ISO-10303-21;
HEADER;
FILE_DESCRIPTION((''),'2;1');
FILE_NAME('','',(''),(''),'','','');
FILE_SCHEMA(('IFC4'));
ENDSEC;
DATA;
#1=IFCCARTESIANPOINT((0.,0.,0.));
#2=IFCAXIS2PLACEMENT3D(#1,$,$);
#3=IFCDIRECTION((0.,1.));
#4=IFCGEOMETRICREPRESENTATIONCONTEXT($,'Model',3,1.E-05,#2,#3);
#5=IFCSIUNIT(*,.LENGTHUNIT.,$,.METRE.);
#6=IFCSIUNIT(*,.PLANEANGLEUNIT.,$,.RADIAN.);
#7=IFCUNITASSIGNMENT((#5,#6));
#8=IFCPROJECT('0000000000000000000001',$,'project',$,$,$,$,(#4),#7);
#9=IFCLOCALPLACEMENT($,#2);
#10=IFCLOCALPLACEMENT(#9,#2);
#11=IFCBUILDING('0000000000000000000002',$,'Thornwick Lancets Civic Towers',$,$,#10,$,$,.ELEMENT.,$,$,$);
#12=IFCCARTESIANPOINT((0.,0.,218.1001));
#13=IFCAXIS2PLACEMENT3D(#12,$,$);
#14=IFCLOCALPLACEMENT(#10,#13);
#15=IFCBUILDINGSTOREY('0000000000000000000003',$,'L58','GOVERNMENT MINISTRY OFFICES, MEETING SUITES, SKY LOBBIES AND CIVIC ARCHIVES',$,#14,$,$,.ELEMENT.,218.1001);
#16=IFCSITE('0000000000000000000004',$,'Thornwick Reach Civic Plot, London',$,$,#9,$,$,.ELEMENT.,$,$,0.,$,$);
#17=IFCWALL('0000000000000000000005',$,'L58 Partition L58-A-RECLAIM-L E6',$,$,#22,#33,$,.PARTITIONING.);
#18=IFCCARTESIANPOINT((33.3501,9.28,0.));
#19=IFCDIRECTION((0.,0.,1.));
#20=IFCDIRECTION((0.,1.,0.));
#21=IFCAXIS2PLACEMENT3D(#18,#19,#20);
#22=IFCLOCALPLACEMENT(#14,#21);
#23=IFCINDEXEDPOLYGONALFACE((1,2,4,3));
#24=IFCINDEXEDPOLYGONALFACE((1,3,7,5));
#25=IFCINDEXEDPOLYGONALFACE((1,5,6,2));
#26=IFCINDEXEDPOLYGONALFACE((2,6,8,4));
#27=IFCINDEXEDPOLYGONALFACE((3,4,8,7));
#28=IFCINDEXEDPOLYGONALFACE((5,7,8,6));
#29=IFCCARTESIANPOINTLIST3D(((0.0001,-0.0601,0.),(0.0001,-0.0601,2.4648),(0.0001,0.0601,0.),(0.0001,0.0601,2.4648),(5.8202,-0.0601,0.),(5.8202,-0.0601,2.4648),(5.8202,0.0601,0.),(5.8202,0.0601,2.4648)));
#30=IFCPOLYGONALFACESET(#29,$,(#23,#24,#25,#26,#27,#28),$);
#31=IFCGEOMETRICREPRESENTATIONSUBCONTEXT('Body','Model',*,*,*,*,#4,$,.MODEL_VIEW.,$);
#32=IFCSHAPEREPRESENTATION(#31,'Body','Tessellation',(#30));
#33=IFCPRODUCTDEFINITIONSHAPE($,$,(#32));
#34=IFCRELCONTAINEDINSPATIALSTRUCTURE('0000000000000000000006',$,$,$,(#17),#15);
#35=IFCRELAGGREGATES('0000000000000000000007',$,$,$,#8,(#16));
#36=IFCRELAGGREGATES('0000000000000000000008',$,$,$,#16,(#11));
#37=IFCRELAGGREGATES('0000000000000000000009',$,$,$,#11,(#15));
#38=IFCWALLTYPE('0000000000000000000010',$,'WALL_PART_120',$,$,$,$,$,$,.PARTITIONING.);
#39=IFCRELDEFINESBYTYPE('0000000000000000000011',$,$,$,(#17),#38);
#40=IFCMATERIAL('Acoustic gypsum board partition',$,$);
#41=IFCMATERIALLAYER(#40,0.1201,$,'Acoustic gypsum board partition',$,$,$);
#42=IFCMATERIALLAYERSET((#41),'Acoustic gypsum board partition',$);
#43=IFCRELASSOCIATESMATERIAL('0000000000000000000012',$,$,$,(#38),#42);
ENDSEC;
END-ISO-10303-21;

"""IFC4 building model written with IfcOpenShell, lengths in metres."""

from ifc_helpers import new_model, si_unit, direction, frame, frame_2d, origin, place, context, subcontext, project, spatial, rectangle, extrude, material, layer, layer_set, type_object, element, save


model = new_model("IFC4")

# Units and contexts
model_context = context("Model", 3, precision=1e-05, world=origin(), true_north=direction((0.0, 1.0)))
body_context = subcontext(model_context, "Body", "Model", "MODEL_VIEW")
ifc_project = project(units=[si_unit("LENGTHUNIT", "METRE"), si_unit("PLANEANGLEUNIT", "RADIAN")], contexts=[model_context])

# Site, building, storey
site_placement = place(None, origin())
site = spatial("IfcSite", under=ifc_project, at=site_placement, Name="Thornwick Reach Civic Plot, London", CompositionType="ELEMENT", RefElevation=0.0)
building_placement = place(site_placement, origin())
building = spatial("IfcBuilding", under=site, at=building_placement, Name="Thornwick Lancets Civic Towers", CompositionType="ELEMENT")
storey_placement = place(building_placement, frame((0.0, 0.0, 218.1001)))
storey = spatial("IfcBuildingStorey", under=building, at=storey_placement, Name="L58", Description="GOVERNMENT MINISTRY OFFICES, MEETING SUITES, SKY LOBBIES AND CIVIC ARCHIVES", CompositionType="ELEMENT", Elevation=218.1001)

# Shared definitions
ifc_material_1 = material(Name="Acoustic gypsum board partition")
ifc_layer_1 = layer(ifc_material_1, 0.1201, Name="Acoustic gypsum board partition")
ifc_layer_set_1 = layer_set([ifc_layer_1], Name="Acoustic gypsum board partition")
wall_type_1 = type_object("IfcWallType", Name="WALL_PART_120", PredefinedType="PARTITIONING", material=ifc_layer_set_1)

# Wall
wall_1_placement = place(storey_placement, frame((33.3501, 9.28, 0.0), z_axis=(0.0, 0.0, 1.0), x_axis=(0.0, 1.0, 0.0)))
element("IfcWall", 1, at=wall_1_placement, inside=storey, type_object=wall_type_1, Name="L58 Partition L58-A-RECLAIM-L E6", PredefinedType="PARTITIONING", context=body_context, shape_type="SweptSolid", body=[
    extrude(rectangle(XDim=5.8201, YDim=0.1201, at=frame_2d((2.9102, 0.0))), origin(), (0.0, 0.0, 1.0), 2.4648),
])

save(model, "model.ifc")
